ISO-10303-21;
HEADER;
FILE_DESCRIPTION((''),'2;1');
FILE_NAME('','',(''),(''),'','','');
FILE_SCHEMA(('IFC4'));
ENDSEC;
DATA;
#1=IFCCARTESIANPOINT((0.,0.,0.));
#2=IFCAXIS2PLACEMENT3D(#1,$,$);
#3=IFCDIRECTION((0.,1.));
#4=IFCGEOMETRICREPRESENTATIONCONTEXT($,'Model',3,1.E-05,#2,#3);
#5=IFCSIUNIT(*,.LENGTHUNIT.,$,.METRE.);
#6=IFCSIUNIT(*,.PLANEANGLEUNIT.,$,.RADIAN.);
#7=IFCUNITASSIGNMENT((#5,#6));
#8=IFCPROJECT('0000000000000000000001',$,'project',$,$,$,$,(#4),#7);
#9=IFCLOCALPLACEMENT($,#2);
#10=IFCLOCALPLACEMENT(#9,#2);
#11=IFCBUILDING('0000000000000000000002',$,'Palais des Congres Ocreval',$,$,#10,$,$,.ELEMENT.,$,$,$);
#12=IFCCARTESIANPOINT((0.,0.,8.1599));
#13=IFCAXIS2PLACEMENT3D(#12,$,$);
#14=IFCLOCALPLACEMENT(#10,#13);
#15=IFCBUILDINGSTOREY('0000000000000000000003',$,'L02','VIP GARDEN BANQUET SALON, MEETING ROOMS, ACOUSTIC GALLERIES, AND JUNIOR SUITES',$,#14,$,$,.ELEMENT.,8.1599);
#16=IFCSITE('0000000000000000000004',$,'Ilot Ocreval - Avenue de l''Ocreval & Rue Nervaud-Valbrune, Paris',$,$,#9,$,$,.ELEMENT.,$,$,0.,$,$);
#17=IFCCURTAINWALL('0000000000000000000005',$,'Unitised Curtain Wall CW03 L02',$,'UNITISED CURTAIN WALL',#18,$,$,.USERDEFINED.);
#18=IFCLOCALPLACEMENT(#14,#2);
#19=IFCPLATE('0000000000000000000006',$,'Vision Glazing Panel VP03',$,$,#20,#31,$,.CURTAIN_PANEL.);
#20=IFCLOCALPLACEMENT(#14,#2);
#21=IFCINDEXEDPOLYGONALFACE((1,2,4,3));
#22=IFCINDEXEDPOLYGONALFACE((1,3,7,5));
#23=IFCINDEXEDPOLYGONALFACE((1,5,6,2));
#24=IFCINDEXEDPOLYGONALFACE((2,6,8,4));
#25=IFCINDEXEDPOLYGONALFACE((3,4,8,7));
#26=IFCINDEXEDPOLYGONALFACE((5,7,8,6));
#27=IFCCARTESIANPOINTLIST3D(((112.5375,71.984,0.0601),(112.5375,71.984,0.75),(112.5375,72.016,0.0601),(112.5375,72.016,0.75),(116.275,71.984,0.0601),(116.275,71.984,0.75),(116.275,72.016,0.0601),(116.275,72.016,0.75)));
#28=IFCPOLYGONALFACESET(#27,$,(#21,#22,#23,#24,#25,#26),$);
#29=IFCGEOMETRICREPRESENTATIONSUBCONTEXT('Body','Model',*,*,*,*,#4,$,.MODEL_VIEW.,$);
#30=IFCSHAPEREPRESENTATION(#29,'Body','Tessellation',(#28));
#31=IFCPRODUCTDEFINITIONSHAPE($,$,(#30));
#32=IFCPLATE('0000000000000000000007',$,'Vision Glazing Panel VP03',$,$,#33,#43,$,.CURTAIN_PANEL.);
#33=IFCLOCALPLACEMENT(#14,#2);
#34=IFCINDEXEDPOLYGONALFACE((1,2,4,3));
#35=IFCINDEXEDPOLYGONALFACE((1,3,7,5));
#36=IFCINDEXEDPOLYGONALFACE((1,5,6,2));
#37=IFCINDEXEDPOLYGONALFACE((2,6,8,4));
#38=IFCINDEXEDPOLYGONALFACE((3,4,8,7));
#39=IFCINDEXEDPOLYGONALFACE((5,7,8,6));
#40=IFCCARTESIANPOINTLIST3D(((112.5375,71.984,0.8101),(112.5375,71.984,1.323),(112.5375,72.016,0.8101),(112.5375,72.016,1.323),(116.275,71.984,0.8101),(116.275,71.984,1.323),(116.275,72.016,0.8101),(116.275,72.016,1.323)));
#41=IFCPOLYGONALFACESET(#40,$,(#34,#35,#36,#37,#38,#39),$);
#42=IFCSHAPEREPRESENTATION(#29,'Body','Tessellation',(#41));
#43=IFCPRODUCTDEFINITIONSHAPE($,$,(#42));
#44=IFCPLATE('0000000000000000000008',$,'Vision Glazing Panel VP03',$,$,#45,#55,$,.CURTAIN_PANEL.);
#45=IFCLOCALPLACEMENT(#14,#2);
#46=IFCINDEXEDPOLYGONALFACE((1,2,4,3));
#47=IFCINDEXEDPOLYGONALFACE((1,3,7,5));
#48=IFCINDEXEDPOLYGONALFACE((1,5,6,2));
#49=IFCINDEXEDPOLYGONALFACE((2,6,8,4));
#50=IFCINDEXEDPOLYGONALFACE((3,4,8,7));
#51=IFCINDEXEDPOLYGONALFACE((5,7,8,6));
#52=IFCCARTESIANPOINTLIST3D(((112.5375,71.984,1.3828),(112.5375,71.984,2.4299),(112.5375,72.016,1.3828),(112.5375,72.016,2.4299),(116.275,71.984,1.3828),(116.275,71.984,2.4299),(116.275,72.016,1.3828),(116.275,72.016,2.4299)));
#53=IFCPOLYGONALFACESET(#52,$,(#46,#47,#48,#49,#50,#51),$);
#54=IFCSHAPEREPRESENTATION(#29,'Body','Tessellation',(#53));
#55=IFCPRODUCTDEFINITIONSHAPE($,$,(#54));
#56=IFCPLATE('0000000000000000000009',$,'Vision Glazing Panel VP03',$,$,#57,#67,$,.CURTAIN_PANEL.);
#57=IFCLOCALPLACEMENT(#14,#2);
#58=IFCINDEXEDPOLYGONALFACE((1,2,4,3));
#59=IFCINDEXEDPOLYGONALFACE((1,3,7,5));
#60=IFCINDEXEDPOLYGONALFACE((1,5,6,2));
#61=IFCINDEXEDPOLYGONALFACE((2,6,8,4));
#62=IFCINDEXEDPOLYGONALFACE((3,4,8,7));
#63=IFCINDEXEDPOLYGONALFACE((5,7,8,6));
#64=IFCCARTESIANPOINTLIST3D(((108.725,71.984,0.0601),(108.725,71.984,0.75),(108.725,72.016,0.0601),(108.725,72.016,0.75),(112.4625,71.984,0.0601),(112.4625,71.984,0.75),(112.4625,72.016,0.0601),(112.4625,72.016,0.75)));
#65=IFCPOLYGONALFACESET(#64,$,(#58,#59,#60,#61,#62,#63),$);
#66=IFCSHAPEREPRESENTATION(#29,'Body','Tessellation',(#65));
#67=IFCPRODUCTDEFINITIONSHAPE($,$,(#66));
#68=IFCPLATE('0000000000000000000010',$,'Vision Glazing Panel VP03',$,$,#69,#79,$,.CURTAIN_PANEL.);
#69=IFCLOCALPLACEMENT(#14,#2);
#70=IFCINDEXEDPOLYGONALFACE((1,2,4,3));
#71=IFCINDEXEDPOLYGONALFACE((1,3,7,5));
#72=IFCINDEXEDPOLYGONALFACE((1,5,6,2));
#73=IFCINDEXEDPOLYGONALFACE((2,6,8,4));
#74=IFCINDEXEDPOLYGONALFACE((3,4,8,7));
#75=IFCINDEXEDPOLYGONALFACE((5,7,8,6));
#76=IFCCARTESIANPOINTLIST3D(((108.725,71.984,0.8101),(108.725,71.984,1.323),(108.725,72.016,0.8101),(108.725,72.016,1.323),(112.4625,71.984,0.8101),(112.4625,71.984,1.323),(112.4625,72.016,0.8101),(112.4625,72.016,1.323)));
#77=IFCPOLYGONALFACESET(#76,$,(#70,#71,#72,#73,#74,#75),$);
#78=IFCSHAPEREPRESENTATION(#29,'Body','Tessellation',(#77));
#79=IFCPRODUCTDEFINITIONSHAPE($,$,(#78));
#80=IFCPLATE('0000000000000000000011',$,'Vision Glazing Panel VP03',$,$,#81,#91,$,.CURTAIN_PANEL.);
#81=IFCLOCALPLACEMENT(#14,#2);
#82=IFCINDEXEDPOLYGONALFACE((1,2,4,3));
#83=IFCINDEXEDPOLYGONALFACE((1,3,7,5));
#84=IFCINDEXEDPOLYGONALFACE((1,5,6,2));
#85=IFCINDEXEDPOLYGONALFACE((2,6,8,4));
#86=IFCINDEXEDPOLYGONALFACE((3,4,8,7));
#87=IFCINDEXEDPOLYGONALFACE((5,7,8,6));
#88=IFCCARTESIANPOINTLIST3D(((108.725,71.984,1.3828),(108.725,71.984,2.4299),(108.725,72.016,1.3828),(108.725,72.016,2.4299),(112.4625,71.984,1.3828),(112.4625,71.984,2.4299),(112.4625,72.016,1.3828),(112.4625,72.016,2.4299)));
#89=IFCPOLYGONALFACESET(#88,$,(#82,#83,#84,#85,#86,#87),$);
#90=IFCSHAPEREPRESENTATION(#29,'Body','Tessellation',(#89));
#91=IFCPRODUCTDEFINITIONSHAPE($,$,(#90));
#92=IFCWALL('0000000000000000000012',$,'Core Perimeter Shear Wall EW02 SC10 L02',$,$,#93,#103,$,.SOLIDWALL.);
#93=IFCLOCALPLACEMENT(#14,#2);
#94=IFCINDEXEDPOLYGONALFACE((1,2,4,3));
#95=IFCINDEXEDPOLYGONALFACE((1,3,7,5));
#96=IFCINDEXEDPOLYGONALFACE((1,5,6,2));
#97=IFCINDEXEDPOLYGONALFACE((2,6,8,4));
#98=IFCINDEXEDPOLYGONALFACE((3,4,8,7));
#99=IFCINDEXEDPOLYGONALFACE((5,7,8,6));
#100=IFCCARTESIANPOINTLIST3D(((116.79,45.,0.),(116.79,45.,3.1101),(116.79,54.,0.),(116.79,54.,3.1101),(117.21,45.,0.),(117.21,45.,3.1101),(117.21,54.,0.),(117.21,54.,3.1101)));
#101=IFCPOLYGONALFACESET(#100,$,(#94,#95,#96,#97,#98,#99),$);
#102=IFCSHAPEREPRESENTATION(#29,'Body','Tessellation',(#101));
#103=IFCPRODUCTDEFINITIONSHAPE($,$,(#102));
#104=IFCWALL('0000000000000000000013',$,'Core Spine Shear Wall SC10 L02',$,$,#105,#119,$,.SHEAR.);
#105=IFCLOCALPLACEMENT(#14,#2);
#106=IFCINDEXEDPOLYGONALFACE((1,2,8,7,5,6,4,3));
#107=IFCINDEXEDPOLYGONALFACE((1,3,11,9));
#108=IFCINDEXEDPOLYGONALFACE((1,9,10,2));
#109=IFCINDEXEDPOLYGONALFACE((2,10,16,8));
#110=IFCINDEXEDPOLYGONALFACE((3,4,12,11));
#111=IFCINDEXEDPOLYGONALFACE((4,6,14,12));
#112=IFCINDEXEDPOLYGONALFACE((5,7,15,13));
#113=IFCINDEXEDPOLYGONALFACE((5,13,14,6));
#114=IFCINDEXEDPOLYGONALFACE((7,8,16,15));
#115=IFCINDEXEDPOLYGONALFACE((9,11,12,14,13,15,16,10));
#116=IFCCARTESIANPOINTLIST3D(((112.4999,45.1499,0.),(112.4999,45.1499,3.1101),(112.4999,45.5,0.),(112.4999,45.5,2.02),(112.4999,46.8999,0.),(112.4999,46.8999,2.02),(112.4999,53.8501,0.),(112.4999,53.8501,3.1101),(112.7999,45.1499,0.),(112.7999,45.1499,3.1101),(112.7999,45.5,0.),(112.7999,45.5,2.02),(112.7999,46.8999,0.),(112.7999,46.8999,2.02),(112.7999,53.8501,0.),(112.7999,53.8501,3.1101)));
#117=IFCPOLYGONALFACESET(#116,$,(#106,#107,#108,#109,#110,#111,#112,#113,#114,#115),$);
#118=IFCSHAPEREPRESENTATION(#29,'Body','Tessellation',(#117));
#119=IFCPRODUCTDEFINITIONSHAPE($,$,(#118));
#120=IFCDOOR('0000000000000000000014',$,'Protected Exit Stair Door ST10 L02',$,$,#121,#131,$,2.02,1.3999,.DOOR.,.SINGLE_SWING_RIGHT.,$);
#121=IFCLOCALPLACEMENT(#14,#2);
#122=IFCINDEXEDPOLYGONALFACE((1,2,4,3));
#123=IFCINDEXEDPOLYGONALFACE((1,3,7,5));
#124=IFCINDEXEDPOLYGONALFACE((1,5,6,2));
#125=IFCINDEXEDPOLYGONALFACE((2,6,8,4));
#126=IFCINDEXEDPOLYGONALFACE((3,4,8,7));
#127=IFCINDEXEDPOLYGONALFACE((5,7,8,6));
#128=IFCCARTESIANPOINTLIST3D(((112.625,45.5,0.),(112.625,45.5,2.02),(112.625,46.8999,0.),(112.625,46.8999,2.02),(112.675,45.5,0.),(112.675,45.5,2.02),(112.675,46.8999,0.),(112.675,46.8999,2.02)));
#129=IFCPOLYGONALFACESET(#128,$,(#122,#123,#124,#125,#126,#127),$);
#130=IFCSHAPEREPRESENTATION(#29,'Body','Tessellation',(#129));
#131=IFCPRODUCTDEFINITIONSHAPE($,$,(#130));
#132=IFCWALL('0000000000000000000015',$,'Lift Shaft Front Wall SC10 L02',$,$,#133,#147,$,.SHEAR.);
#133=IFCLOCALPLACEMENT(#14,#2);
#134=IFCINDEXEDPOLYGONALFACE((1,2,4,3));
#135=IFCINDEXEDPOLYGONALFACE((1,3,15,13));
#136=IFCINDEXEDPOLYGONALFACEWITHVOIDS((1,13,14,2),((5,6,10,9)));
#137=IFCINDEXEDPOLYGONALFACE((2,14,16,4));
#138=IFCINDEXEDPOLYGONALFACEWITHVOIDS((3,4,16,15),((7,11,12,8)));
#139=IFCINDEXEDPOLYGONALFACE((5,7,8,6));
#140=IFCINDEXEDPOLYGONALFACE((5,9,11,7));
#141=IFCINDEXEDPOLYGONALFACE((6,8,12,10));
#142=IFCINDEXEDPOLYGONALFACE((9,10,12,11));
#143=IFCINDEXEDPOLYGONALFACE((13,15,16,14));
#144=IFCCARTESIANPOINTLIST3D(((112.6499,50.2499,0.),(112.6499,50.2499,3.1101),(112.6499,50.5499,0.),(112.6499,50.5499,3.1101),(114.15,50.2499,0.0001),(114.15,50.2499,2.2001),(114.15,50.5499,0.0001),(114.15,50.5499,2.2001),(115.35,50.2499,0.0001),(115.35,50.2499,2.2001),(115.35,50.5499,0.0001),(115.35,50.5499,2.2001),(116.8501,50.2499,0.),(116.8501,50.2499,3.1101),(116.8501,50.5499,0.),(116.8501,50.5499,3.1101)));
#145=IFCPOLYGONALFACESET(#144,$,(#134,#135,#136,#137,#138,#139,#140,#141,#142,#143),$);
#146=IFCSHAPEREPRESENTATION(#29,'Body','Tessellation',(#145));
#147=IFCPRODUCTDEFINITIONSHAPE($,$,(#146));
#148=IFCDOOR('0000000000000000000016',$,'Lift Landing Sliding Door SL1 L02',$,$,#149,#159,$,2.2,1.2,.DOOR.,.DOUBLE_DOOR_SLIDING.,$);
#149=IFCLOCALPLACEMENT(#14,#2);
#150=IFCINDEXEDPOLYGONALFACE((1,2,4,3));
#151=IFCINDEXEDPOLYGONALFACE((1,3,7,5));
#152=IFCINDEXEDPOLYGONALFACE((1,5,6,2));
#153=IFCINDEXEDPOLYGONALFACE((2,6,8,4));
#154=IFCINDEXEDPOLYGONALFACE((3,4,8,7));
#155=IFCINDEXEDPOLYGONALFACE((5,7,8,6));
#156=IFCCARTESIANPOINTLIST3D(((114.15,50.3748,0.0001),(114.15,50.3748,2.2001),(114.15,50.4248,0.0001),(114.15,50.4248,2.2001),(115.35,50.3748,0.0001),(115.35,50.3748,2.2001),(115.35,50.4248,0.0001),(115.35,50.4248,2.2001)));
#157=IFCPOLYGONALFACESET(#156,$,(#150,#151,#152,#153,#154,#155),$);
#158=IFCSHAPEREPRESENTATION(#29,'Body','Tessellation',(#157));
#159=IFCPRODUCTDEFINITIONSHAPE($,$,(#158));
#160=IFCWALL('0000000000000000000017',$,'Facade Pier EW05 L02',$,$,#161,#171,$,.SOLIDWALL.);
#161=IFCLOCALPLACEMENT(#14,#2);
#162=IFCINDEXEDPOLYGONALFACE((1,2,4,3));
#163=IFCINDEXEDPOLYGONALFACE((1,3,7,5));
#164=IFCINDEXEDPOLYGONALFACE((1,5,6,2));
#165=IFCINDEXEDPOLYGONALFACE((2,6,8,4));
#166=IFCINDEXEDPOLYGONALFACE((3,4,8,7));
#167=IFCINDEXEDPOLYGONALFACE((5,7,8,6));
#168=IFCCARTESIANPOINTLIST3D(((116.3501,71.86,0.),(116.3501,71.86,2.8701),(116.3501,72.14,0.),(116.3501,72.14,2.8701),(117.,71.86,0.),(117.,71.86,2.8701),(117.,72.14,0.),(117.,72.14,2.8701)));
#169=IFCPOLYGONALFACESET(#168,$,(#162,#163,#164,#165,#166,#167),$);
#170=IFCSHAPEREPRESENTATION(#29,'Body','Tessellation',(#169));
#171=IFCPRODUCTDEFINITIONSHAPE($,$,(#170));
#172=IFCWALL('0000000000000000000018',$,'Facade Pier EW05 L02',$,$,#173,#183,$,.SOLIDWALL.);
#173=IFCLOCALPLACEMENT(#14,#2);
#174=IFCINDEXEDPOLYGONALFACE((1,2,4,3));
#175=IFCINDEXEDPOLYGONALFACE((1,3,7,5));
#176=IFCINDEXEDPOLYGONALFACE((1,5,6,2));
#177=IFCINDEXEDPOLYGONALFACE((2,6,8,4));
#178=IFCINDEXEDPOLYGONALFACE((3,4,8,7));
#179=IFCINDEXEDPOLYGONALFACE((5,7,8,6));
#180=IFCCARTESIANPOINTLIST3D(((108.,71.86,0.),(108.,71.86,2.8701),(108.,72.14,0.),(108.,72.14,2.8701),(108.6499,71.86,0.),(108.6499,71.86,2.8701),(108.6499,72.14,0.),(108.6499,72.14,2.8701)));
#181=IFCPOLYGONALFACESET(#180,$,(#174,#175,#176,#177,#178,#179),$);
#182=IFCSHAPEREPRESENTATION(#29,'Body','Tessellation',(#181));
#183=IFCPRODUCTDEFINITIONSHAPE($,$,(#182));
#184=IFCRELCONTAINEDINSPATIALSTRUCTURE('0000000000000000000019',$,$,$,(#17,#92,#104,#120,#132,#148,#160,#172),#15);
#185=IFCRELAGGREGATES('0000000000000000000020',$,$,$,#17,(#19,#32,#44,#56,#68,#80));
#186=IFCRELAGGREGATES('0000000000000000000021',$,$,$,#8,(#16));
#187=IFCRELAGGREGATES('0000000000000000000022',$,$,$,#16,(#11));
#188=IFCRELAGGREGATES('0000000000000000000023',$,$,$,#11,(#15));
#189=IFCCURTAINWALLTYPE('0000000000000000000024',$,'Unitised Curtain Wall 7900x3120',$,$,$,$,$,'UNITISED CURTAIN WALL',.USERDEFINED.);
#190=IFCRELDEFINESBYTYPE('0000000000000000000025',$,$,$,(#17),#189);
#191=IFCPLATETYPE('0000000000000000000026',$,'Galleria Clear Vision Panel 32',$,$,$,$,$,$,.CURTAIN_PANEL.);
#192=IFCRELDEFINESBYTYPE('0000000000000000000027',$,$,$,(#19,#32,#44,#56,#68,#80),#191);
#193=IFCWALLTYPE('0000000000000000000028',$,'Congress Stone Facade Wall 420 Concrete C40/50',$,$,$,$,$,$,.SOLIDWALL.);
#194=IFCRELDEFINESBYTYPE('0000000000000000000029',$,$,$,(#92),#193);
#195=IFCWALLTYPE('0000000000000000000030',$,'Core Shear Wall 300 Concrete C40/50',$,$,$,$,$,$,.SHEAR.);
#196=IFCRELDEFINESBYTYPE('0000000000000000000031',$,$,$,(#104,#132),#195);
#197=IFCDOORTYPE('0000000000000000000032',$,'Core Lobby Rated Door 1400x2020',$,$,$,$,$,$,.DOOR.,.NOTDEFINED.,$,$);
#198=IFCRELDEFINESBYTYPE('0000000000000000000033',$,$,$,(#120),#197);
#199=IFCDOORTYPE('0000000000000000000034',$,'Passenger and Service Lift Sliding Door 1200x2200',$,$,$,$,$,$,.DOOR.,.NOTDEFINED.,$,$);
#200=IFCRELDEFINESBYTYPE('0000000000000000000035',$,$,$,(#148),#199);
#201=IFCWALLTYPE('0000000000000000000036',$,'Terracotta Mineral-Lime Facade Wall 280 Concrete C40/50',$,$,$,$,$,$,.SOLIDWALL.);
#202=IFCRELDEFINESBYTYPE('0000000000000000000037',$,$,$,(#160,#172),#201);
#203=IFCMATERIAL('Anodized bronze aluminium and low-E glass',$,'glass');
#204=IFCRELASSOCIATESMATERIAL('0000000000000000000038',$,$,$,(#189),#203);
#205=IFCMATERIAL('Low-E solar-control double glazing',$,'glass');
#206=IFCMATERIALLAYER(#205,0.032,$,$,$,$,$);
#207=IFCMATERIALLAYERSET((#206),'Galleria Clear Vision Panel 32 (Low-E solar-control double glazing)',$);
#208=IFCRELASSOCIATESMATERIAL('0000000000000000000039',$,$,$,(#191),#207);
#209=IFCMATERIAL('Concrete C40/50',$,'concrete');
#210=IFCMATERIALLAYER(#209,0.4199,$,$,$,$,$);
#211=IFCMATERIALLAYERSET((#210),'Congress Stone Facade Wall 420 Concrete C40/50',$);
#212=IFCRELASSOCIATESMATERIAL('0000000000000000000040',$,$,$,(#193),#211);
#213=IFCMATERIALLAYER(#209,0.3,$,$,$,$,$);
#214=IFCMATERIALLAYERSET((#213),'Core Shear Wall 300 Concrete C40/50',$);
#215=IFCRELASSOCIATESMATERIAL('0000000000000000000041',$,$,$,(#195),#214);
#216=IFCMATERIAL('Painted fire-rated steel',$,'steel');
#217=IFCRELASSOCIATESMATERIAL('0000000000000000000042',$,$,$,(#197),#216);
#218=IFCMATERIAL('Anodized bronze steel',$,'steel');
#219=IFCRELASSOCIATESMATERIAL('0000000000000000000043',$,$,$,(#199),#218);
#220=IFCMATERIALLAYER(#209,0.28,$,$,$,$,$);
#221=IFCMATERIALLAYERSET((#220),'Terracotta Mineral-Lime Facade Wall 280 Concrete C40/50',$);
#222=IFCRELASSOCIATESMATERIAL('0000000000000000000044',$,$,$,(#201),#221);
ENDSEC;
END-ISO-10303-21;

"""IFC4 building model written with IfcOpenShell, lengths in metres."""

from ifc_helpers import new_model, si_unit, direction, frame, frame_2d, origin, origin_2d, place, context, subcontext, project, spatial, rectangle, extrude, material, layer, layer_set, type_object, element, fill, aggregate, save


model = new_model("IFC4")

# Units and contexts
model_context = context("Model", 3, precision=1e-05, world=origin(), true_north=direction((0.0, 1.0)))
body_context = subcontext(model_context, "Body", "Model", "MODEL_VIEW")
ifc_project = project(units=[si_unit("LENGTHUNIT", "METRE"), si_unit("PLANEANGLEUNIT", "RADIAN")], contexts=[model_context])

# Site, building, storey
site_placement = place(None, origin())
site = spatial("IfcSite", under=ifc_project, at=site_placement, Name="Ilot Ocreval - Avenue de l'Ocreval & Rue Nervaud-Valbrune, Paris", CompositionType="ELEMENT", RefElevation=0.0)
building_placement = place(site_placement, origin())
building = spatial("IfcBuilding", under=site, at=building_placement, Name="Palais des Congres Ocreval", CompositionType="ELEMENT")
storey_placement = place(building_placement, frame((0.0, 0.0, 8.1599)))
storey = spatial("IfcBuildingStorey", under=building, at=storey_placement, Name="L02", Description="VIP GARDEN BANQUET SALON, MEETING ROOMS, ACOUSTIC GALLERIES, AND JUNIOR SUITES", CompositionType="ELEMENT", Elevation=8.1599)

# Curtain wall
ifc_material_1 = material(Name="Anodized bronze aluminium and low-E glass", Category="glass")
curtain_wall_type = type_object("IfcCurtainWallType", Name="Unitised Curtain Wall 7900x3120", ElementType="UNITISED CURTAIN WALL", PredefinedType="USERDEFINED", material=ifc_material_1)
curtain_wall_placement = place(storey_placement, origin())
curtain_wall = element("IfcCurtainWall", 1, at=curtain_wall_placement, inside=storey, type_object=curtain_wall_type, Name="Unitised Curtain Wall CW03 L02", ObjectType="UNITISED CURTAIN WALL", PredefinedType="USERDEFINED")

# Plates
ifc_material_2 = material(Name="Low-E solar-control double glazing", Category="glass")
ifc_layer_1 = layer(ifc_material_2, 0.032)
ifc_layer_set_1 = layer_set([ifc_layer_1], Name="Galleria Clear Vision Panel 32 (Low-E solar-control double glazing)")
plate_type_1 = type_object("IfcPlateType", Name="Galleria Clear Vision Panel 32", PredefinedType="CURTAIN_PANEL", material=ifc_layer_set_1)
plate_1_placement = place(storey_placement, frame((114.4062, 72.0, 0.0601), z_axis=(0.0, 0.0, 1.0), x_axis=(-1.0, 0.0, 0.0)))
plate_1 = element("IfcPlate", 2, at=plate_1_placement, type_object=plate_type_1, Name="Vision Glazing Panel VP03", PredefinedType="CURTAIN_PANEL", context=body_context, shape_type="SweptSolid", body=[
    extrude(rectangle(XDim=3.7375, YDim=0.032, at=origin_2d()), origin(), (0.0, 0.0, 1.0), 0.6899),
])
plate_2_placement = place(storey_placement, frame((114.4062, 72.0, 0.8101), z_axis=(0.0, 0.0, 1.0), x_axis=(-1.0, 0.0, 0.0)))
plate_2 = element("IfcPlate", 3, at=plate_2_placement, type_object=plate_type_1, Name="Vision Glazing Panel VP03", PredefinedType="CURTAIN_PANEL", context=body_context, shape_type="SweptSolid", body=[
    extrude(rectangle(XDim=3.7375, YDim=0.032, at=origin_2d()), origin(), (0.0, 0.0, 1.0), 0.5129),
])
plate_3_placement = place(storey_placement, frame((114.4062, 72.0, 1.3828), z_axis=(0.0, 0.0, 1.0), x_axis=(-1.0, 0.0, 0.0)))
plate_3 = element("IfcPlate", 4, at=plate_3_placement, type_object=plate_type_1, Name="Vision Glazing Panel VP03", PredefinedType="CURTAIN_PANEL", context=body_context, shape_type="SweptSolid", body=[
    extrude(rectangle(XDim=3.7375, YDim=0.032, at=origin_2d()), origin(), (0.0, 0.0, 1.0), 1.0471),
])
plate_4_placement = place(storey_placement, frame((110.5938, 72.0, 0.0601), z_axis=(0.0, 0.0, 1.0), x_axis=(-1.0, 0.0, 0.0)))
plate_4 = element("IfcPlate", 5, at=plate_4_placement, type_object=plate_type_1, Name="Vision Glazing Panel VP03", PredefinedType="CURTAIN_PANEL", context=body_context, shape_type="SweptSolid", body=[
    extrude(rectangle(XDim=3.7375, YDim=0.032, at=origin_2d()), origin(), (0.0, 0.0, 1.0), 0.6899),
])
plate_5_placement = place(storey_placement, frame((110.5938, 72.0, 0.8101), z_axis=(0.0, 0.0, 1.0), x_axis=(-1.0, 0.0, 0.0)))
plate_5 = element("IfcPlate", 6, at=plate_5_placement, type_object=plate_type_1, Name="Vision Glazing Panel VP03", PredefinedType="CURTAIN_PANEL", context=body_context, shape_type="SweptSolid", body=[
    extrude(rectangle(XDim=3.7375, YDim=0.032, at=origin_2d()), origin(), (0.0, 0.0, 1.0), 0.5129),
])
plate_6_placement = place(storey_placement, frame((110.5938, 72.0, 1.3828), z_axis=(0.0, 0.0, 1.0), x_axis=(-1.0, 0.0, 0.0)))
plate_6 = element("IfcPlate", 7, at=plate_6_placement, type_object=plate_type_1, Name="Vision Glazing Panel VP03", PredefinedType="CURTAIN_PANEL", context=body_context, shape_type="SweptSolid", body=[
    extrude(rectangle(XDim=3.7375, YDim=0.032, at=origin_2d()), origin(), (0.0, 0.0, 1.0), 1.0471),
])
aggregate(curtain_wall, [plate_1, plate_2, plate_3, plate_4, plate_5, plate_6])

# Wall
ifc_material_3 = material(Name="Concrete C40/50", Category="concrete")
ifc_layer_2 = layer(ifc_material_3, 0.4199)
ifc_layer_set_2 = layer_set([ifc_layer_2], Name="Congress Stone Facade Wall 420 Concrete C40/50")
wall_type_1 = type_object("IfcWallType", Name="Congress Stone Facade Wall 420 Concrete C40/50", PredefinedType="SOLIDWALL", material=ifc_layer_set_2)
wall_1_placement = place(storey_placement, frame((117.0, 54.0, 0.0), z_axis=(0.0, 0.0, 1.0), x_axis=(0.0, -1.0, 0.0)))
element("IfcWall", 8, at=wall_1_placement, inside=storey, type_object=wall_type_1, Name="Core Perimeter Shear Wall EW02 SC10 L02", PredefinedType="SOLIDWALL", context=body_context, shape_type="SweptSolid", body=[
    extrude(rectangle(XDim=9.0, YDim=0.4199, at=frame_2d((4.5, 0.0))), origin(), (0.0, 0.0, 1.0), 3.1101),
])

# Walls, openings, doors
ifc_layer_3 = layer(ifc_material_3, 0.3)
ifc_layer_set_3 = layer_set([ifc_layer_3], Name="Core Shear Wall 300 Concrete C40/50")
wall_type_2 = type_object("IfcWallType", Name="Core Shear Wall 300 Concrete C40/50", PredefinedType="SHEAR", material=ifc_layer_set_3)
wall_2_placement = place(storey_placement, frame((112.6499, 45.1499, 0.0), z_axis=(0.0, 0.0, 1.0), x_axis=(0.0, 1.0, 0.0)))
wall_2 = element("IfcWall", 9, at=wall_2_placement, inside=storey, type_object=wall_type_2, Name="Core Spine Shear Wall SC10 L02", PredefinedType="SHEAR", context=body_context, shape_type="SweptSolid", body=[
    extrude(rectangle(XDim=8.7002, YDim=0.3, at=frame_2d((4.3501, 0.0))), origin(), (0.0, 0.0, 1.0), 3.1101),
])
opening_1_placement = place(wall_2_placement, frame((0.3501, 0.0, 0.0)))
opening_1 = element("IfcOpeningElement", 10, at=opening_1_placement, cuts=wall_2, PredefinedType="OPENING", context=body_context, shape_type="SweptSolid", body=[
    extrude(rectangle(XDim=1.3999, YDim=2.02, at=frame_2d((0.7, 1.01))), frame((0.0, 0.1599, 0.0), z_axis=(0.0, -1.0, 0.0), x_axis=(1.0, 0.0, 0.0)), (0.0, 0.0, 1.0), 0.3201),
])
ifc_material_4 = material(Name="Painted fire-rated steel", Category="steel")
door_type_1 = type_object("IfcDoorType", Name="Core Lobby Rated Door 1400x2020", OperationType="NOTDEFINED", PredefinedType="DOOR", material=ifc_material_4)
door_1_placement = place(opening_1_placement, origin())
door_1 = element("IfcDoor", 11, at=door_1_placement, inside=storey, type_object=door_type_1, Name="Protected Exit Stair Door ST10 L02", OperationType="SINGLE_SWING_RIGHT", OverallHeight=2.02, OverallWidth=1.3999, PredefinedType="DOOR", context=body_context, shape_type="SweptSolid", body=[
    extrude(rectangle(XDim=1.3999, YDim=2.02, at=frame_2d((0.7, 1.01))), frame((0.0, 0.0249, 0.0), z_axis=(0.0, -1.0, 0.0), x_axis=(1.0, 0.0, 0.0)), (0.0, 0.0, 1.0), 0.05),
])
fill(opening_1, door_1)
wall_3_placement = place(storey_placement, frame((112.6499, 50.3999, 0.0), z_axis=(0.0, 0.0, 1.0), x_axis=(1.0, 0.0, 0.0)))
wall_3 = element("IfcWall", 12, at=wall_3_placement, inside=storey, type_object=wall_type_2, Name="Lift Shaft Front Wall SC10 L02", PredefinedType="SHEAR", context=body_context, shape_type="SweptSolid", body=[
    extrude(rectangle(XDim=4.2002, YDim=0.3, at=frame_2d((2.1001, 0.0))), origin(), (0.0, 0.0, 1.0), 3.1101),
])
opening_2_placement = place(wall_3_placement, frame((1.5, 0.0, 0.0)))
opening_2 = element("IfcOpeningElement", 13, at=opening_2_placement, cuts=wall_3, PredefinedType="OPENING", context=body_context, shape_type="SweptSolid", body=[
    extrude(rectangle(XDim=1.2, YDim=2.2, at=frame_2d((0.6001, 1.1001))), frame((0.0, 0.1599, 0.0), z_axis=(0.0, -1.0, 0.0), x_axis=(1.0, 0.0, 0.0)), (0.0, 0.0, 1.0), 0.3201),
])
ifc_material_5 = material(Name="Anodized bronze steel", Category="steel")
door_type_2 = type_object("IfcDoorType", Name="Passenger and Service Lift Sliding Door 1200x2200", OperationType="NOTDEFINED", PredefinedType="DOOR", material=ifc_material_5)
door_2_placement = place(opening_2_placement, origin())
door_2 = element("IfcDoor", 14, at=door_2_placement, inside=storey, type_object=door_type_2, Name="Lift Landing Sliding Door SL1 L02", OperationType="DOUBLE_DOOR_SLIDING", OverallHeight=2.2, OverallWidth=1.2, PredefinedType="DOOR", context=body_context, shape_type="SweptSolid", body=[
    extrude(rectangle(XDim=1.2, YDim=2.2, at=frame_2d((0.6001, 1.1001))), frame((0.0, 0.0249, 0.0), z_axis=(0.0, -1.0, 0.0), x_axis=(1.0, 0.0, 0.0)), (0.0, 0.0, 1.0), 0.05),
])
fill(opening_2, door_2)

# Walls
ifc_layer_4 = layer(ifc_material_3, 0.28)
ifc_layer_set_4 = layer_set([ifc_layer_4], Name="Terracotta Mineral-Lime Facade Wall 280 Concrete C40/50")
wall_type_3 = type_object("IfcWallType", Name="Terracotta Mineral-Lime Facade Wall 280 Concrete C40/50", PredefinedType="SOLIDWALL", material=ifc_layer_set_4)
for number, where, z_axis, x_axis, name in (
    (15, (117.0, 72.0, 0.0), (0.0, 0.0, 1.0), (-1.0, 0.0, 0.0), "Facade Pier EW05 L02"),
    (16, (108.6499, 72.0, 0.0), (0.0, 0.0, 1.0), (-1.0, 0.0, 0.0), "Facade Pier EW05 L02"),
):
    element("IfcWall", number, at=place(storey_placement, frame(where, z_axis=z_axis, x_axis=x_axis)), inside=storey, type_object=wall_type_3, Name=name, PredefinedType="SOLIDWALL", context=body_context, shape_type="SweptSolid", body=[
        extrude(rectangle(XDim=0.6499, YDim=0.28, at=frame_2d((0.325, 0.0))), origin(), (0.0, 0.0, 1.0), 2.8701),
    ])

save(model, "model.ifc")
